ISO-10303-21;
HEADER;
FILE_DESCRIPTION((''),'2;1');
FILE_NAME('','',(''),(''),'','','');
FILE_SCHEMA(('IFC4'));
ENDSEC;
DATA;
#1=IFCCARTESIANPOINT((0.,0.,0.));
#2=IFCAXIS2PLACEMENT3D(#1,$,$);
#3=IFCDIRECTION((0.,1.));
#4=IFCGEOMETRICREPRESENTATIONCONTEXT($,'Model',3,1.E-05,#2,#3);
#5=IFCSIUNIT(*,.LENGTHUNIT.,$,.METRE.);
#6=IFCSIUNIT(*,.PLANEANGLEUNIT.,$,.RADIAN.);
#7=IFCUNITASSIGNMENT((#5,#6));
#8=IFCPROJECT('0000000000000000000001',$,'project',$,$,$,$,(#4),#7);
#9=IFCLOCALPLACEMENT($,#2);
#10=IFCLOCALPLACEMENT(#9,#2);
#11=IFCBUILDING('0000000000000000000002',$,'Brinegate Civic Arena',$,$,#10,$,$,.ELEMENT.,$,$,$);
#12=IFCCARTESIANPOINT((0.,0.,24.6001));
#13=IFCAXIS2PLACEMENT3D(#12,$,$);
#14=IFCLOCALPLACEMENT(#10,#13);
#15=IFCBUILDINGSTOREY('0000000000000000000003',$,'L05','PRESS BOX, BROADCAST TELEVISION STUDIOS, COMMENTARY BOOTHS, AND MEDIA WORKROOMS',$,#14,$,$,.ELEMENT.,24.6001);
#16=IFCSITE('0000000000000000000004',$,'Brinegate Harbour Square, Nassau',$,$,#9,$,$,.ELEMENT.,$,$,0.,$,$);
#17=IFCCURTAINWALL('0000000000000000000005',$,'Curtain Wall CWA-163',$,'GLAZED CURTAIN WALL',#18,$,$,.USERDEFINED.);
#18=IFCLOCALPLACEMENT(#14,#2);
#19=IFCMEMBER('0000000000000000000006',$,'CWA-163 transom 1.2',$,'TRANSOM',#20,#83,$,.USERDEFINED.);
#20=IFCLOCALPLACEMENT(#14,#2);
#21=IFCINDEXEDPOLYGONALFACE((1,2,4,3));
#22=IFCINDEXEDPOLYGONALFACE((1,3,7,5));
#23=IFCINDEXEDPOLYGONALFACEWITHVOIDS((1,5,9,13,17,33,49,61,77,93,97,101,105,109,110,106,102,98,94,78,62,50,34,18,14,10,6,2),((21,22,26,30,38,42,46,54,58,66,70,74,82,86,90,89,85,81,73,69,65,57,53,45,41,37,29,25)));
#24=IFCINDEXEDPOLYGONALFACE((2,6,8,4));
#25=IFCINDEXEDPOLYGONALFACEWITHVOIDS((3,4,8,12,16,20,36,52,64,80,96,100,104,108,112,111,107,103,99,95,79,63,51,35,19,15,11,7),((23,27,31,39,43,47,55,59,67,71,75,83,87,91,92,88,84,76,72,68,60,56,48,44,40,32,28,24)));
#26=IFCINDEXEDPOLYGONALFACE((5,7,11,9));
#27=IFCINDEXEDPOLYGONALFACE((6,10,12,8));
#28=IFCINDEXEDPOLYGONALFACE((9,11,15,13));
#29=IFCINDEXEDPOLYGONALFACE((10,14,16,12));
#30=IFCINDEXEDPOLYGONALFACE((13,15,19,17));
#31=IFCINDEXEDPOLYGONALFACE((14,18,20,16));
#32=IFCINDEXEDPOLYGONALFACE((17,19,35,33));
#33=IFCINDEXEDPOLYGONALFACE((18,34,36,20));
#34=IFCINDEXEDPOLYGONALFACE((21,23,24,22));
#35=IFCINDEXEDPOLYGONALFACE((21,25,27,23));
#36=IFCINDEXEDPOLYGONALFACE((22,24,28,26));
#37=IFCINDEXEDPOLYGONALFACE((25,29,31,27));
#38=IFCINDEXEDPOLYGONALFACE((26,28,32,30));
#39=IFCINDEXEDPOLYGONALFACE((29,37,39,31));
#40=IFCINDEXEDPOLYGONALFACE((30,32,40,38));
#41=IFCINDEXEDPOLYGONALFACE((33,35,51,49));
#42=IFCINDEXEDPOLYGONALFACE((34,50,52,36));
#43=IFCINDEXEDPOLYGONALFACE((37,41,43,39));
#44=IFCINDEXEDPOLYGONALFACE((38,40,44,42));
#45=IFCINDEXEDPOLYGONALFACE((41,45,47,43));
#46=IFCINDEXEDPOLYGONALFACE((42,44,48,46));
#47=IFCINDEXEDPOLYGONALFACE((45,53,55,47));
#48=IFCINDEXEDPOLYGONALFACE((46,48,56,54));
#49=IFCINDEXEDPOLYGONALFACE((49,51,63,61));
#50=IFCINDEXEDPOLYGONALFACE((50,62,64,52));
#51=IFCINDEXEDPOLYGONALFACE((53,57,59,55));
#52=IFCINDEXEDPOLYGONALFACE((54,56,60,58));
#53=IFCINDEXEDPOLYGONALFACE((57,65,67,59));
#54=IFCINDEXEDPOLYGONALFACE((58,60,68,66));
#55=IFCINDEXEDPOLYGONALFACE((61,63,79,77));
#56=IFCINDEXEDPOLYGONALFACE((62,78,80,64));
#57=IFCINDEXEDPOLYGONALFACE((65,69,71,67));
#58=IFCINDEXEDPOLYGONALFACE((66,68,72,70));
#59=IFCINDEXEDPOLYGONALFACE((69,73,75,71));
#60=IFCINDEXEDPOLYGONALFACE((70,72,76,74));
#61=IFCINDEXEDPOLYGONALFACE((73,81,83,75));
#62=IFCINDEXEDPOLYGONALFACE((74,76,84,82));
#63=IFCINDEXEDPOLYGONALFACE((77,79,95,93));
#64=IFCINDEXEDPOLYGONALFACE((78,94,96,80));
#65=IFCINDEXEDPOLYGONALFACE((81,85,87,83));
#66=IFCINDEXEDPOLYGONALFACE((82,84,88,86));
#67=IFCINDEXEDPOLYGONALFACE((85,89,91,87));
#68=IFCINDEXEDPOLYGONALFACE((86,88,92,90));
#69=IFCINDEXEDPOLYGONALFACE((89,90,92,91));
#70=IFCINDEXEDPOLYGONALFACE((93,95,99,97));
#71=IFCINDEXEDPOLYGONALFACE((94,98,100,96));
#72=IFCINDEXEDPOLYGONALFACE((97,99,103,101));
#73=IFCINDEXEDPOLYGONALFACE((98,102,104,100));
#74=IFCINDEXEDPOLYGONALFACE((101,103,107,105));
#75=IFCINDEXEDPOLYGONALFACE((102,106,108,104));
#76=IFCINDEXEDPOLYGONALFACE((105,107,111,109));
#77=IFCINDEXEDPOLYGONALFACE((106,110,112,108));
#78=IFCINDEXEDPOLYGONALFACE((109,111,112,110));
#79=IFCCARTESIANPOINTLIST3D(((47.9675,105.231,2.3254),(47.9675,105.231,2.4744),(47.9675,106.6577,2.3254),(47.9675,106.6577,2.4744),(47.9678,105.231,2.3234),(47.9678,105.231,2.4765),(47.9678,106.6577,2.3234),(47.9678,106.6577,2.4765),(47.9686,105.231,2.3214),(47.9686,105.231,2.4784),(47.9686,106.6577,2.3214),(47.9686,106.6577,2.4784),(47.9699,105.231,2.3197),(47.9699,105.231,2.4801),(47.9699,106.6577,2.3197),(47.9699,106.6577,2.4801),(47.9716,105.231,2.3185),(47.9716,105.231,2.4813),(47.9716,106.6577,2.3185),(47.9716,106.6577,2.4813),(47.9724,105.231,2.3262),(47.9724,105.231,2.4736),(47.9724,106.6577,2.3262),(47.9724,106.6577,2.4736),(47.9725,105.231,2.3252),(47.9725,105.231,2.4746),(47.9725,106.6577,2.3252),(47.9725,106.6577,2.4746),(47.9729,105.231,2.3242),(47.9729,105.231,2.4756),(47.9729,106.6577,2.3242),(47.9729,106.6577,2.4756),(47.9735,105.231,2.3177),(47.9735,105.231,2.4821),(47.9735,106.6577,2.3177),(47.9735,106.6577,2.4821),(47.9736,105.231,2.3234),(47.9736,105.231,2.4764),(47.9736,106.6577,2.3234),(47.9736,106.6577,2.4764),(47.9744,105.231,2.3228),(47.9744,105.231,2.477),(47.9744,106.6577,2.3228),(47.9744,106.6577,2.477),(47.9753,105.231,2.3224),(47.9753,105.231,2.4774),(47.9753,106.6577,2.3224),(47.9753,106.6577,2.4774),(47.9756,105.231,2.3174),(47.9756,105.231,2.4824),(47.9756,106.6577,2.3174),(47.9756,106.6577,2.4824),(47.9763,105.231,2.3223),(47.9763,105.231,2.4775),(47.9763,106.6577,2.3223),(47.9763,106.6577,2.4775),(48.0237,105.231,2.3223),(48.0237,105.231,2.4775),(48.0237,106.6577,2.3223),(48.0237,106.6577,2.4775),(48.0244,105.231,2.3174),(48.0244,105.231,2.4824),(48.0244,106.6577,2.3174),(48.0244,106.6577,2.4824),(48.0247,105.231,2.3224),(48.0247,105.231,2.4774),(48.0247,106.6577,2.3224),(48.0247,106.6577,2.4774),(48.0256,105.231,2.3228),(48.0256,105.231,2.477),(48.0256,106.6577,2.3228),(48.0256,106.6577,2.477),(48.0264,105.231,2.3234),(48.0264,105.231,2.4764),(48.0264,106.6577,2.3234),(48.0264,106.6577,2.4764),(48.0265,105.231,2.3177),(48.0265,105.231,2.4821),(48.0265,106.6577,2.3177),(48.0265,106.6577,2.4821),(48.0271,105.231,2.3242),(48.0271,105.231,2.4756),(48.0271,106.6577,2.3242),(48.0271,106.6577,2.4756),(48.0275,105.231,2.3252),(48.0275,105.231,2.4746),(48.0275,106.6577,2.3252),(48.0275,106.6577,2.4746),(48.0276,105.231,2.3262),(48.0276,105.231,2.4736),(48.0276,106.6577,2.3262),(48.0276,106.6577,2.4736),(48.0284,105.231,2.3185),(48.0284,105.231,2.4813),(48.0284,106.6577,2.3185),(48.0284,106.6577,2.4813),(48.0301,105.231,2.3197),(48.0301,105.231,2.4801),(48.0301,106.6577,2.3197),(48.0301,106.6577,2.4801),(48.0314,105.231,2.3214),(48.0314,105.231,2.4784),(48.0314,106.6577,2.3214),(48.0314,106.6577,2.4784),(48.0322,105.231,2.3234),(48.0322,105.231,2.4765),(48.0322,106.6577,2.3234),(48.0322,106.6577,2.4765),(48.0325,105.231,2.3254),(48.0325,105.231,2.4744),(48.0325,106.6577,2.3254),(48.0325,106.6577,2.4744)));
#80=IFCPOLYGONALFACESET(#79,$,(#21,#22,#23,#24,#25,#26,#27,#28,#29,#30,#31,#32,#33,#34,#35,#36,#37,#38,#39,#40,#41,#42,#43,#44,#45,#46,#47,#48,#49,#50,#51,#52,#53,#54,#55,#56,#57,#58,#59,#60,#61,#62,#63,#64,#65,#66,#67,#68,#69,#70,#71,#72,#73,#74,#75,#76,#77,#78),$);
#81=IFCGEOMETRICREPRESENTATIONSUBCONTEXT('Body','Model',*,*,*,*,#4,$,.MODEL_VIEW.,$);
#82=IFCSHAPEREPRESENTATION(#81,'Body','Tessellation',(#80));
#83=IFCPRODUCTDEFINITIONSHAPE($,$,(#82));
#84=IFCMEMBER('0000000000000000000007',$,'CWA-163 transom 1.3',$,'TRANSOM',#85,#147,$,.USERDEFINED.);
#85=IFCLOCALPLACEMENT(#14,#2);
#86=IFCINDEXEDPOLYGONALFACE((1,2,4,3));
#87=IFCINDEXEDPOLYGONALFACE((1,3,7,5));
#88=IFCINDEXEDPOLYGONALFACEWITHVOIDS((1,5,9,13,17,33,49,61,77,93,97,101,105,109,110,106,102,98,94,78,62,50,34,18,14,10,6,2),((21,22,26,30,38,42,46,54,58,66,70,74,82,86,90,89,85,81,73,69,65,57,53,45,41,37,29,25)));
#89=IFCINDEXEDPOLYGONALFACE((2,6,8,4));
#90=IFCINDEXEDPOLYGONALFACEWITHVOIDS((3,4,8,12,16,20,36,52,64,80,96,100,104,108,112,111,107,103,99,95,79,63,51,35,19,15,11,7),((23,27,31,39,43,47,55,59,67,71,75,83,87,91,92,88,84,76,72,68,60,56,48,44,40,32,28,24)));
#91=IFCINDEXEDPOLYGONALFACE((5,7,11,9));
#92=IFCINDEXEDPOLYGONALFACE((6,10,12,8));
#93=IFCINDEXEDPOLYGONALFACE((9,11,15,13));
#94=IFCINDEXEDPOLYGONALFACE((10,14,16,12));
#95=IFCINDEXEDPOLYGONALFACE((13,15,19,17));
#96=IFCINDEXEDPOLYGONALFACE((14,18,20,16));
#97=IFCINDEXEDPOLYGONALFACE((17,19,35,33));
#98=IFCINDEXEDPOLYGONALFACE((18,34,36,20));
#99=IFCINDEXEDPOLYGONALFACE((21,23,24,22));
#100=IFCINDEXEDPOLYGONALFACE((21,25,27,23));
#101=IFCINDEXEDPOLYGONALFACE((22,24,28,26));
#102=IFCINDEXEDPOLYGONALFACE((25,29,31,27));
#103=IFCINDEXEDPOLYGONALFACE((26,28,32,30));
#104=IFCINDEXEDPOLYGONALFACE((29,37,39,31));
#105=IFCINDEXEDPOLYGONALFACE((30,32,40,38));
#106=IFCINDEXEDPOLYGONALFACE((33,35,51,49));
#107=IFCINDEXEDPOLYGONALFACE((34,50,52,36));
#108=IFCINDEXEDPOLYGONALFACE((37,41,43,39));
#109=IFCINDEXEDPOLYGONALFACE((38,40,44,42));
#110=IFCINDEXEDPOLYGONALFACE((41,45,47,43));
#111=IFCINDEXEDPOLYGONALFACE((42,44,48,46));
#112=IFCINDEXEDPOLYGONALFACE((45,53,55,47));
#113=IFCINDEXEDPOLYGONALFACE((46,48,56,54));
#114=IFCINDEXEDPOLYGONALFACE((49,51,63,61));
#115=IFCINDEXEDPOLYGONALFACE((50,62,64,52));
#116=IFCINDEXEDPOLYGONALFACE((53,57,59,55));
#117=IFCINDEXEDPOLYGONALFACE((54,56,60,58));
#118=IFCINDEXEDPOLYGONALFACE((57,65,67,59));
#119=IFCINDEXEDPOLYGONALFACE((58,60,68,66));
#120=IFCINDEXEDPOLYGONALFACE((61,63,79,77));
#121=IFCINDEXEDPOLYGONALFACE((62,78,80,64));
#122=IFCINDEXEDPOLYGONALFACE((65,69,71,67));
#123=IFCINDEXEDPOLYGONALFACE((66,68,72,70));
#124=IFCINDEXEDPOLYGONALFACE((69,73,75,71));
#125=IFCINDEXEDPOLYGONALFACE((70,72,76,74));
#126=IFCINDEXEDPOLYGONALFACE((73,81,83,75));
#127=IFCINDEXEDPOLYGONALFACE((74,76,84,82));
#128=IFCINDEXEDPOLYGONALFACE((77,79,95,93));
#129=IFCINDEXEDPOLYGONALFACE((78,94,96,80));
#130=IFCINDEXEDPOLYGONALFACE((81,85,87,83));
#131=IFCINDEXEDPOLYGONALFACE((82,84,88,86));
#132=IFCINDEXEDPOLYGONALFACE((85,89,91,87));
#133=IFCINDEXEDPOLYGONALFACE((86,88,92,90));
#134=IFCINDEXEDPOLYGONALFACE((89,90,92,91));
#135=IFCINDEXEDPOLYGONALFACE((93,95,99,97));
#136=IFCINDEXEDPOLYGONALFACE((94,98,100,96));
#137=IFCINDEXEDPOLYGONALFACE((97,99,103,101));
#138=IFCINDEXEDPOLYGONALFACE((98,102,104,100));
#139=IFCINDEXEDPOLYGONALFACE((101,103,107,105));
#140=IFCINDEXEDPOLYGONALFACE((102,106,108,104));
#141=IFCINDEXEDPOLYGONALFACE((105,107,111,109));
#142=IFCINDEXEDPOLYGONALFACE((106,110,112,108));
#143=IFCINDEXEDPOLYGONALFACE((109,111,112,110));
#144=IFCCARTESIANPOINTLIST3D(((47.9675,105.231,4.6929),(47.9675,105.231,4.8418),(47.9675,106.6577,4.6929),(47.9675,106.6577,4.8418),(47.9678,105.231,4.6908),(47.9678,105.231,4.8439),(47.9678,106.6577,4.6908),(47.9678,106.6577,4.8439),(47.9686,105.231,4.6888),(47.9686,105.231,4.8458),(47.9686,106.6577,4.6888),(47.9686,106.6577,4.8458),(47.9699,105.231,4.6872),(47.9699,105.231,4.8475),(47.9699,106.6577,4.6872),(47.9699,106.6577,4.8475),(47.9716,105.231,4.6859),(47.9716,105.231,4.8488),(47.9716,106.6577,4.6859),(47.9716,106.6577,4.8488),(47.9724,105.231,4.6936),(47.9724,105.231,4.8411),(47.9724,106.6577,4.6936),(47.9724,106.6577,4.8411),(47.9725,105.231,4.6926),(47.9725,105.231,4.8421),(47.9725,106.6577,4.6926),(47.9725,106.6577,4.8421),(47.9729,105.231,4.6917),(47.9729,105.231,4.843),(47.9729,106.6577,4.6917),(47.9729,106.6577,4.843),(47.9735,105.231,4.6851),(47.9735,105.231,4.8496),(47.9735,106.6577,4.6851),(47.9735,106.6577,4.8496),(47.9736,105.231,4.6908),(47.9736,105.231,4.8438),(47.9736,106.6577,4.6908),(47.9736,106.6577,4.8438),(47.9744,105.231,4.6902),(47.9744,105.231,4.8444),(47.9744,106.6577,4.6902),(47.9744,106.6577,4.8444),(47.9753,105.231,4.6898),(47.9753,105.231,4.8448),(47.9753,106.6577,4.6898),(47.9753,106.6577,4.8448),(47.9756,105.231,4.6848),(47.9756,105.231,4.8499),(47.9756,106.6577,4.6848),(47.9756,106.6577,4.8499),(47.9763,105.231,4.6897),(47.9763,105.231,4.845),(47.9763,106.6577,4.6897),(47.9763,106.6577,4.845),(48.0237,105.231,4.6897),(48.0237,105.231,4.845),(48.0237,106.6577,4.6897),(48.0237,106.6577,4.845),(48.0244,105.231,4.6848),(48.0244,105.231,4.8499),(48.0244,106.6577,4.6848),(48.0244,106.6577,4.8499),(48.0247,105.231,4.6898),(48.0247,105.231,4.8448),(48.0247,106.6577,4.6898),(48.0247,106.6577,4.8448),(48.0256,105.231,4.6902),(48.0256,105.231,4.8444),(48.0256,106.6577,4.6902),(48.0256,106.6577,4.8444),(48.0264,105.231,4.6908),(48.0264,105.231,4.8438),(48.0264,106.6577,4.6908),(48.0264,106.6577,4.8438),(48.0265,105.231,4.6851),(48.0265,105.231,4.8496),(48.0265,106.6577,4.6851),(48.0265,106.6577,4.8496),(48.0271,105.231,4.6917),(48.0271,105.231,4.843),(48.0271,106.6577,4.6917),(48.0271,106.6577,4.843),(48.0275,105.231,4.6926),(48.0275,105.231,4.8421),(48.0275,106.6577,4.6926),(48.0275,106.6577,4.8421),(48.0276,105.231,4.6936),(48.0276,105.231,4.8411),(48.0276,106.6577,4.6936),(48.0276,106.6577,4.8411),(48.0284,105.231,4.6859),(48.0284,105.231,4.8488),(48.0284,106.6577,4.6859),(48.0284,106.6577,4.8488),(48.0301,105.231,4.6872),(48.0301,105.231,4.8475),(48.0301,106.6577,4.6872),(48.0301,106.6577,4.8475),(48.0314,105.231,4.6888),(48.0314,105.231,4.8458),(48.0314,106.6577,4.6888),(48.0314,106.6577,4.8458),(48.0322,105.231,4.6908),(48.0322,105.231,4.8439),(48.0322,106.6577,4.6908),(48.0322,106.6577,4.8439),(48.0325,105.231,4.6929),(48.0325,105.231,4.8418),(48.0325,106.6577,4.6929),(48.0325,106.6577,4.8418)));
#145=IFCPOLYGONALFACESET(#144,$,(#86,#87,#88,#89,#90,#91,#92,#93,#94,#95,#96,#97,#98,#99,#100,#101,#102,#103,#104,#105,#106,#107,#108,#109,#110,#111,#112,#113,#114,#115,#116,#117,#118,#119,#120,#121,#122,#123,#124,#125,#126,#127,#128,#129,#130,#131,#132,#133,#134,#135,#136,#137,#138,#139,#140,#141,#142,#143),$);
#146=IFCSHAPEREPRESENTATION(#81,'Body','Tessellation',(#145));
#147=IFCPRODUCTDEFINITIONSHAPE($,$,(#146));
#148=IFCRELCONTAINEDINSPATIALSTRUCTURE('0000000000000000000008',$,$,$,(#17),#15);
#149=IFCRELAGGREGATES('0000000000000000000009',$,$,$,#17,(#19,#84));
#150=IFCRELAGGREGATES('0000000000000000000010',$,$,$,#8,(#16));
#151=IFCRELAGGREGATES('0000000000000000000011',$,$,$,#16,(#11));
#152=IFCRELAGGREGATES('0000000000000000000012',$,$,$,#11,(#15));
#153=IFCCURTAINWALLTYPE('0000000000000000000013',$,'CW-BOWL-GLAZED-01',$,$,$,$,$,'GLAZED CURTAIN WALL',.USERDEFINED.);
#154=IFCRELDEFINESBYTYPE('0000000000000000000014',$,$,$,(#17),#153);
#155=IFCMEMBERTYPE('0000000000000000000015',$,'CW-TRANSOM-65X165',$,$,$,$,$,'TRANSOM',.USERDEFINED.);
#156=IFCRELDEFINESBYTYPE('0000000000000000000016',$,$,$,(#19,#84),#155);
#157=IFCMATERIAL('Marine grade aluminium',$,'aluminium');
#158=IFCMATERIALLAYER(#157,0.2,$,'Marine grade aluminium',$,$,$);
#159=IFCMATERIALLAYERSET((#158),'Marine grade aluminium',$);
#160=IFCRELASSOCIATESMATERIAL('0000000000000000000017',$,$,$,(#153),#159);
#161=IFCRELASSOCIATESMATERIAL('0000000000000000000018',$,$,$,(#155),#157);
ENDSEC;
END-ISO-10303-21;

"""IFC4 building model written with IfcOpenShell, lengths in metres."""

from ifc_helpers import new_model, si_unit, direction, frame, origin, origin_2d, place, context, subcontext, project, spatial, hollow_rectangle, extrude, material, layer, layer_set, material_profile, profile_set, type_object, element, aggregate, save


model = new_model("IFC4")

# Units and contexts
model_context = context("Model", 3, precision=1e-05, world=origin(), true_north=direction((0.0, 1.0)))
body_context = subcontext(model_context, "Body", "Model", "MODEL_VIEW")
ifc_project = project(units=[si_unit("LENGTHUNIT", "METRE"), si_unit("PLANEANGLEUNIT", "RADIAN")], contexts=[model_context])

# Site, building, storey
site_placement = place(None, origin())
site = spatial("IfcSite", under=ifc_project, at=site_placement, Name="Brinegate Harbour Square, Nassau", CompositionType="ELEMENT", RefElevation=0.0)
building_placement = place(site_placement, origin())
building = spatial("IfcBuilding", under=site, at=building_placement, Name="Brinegate Civic Arena", CompositionType="ELEMENT")
storey_placement = place(building_placement, frame((0.0, 0.0, 24.6001)))
storey = spatial("IfcBuildingStorey", under=building, at=storey_placement, Name="L05", Description="PRESS BOX, BROADCAST TELEVISION STUDIOS, COMMENTARY BOOTHS, AND MEDIA WORKROOMS", CompositionType="ELEMENT", Elevation=24.6001)

# Curtain wall, members
ifc_material_1 = material(Name="Marine grade aluminium", Category="aluminium")
ifc_layer_1 = layer(ifc_material_1, 0.2, Name="Marine grade aluminium")
ifc_layer_set_1 = layer_set([ifc_layer_1], Name="Marine grade aluminium")
curtain_wall_type = type_object("IfcCurtainWallType", Name="CW-BOWL-GLAZED-01", ElementType="GLAZED CURTAIN WALL", PredefinedType="USERDEFINED", material=ifc_layer_set_1)
curtain_wall_placement = place(storey_placement, origin())
curtain_wall = element("IfcCurtainWall", 1, at=curtain_wall_placement, inside=storey, type_object=curtain_wall_type, Name="Curtain Wall CWA-163", ObjectType="GLAZED CURTAIN WALL", PredefinedType="USERDEFINED")
ifc_material_profile_1 = material_profile(ifc_material_1, hollow_rectangle(XDim=0.0649, YDim=0.165, WallThickness=0.0049, InnerFilletRadius=0.0039, OuterFilletRadius=0.0081, at=origin_2d()), Name="TRN65X165")
ifc_profile_set_1 = profile_set([ifc_material_profile_1], Name="Marine grade aluminium")
member_type_1 = type_object("IfcMemberType", Name="CW-TRANSOM-65X165", ElementType="TRANSOM", PredefinedType="USERDEFINED", material=ifc_profile_set_1)
member_1_placement = place(storey_placement, frame((48.0, 105.231, 2.3999), z_axis=(0.0, 1.0, 0.0), x_axis=(-1.0, 0.0, 0.0)))
member_1 = element("IfcMember", 2, at=member_1_placement, type_object=member_type_1, Name="CWA-163 transom 1.2", ObjectType="TRANSOM", PredefinedType="USERDEFINED", context=body_context, shape_type="SweptSolid", body=[
    extrude(hollow_rectangle(XDim=0.0649, YDim=0.165, WallThickness=0.0049, InnerFilletRadius=0.0039, OuterFilletRadius=0.0081, at=origin_2d()), origin(), (0.0, 0.0, 1.0), 1.4268),
])
member_2_placement = place(storey_placement, frame((48.0, 105.231, 4.7673), z_axis=(0.0, 1.0, 0.0), x_axis=(-1.0, 0.0, 0.0)))
member_2 = element("IfcMember", 3, at=member_2_placement, type_object=member_type_1, Name="CWA-163 transom 1.3", ObjectType="TRANSOM", PredefinedType="USERDEFINED", context=body_context, shape_type="SweptSolid", body=[
    extrude(hollow_rectangle(XDim=0.0649, YDim=0.165, WallThickness=0.0049, InnerFilletRadius=0.0039, OuterFilletRadius=0.0081, at=origin_2d()), origin(), (0.0, 0.0, 1.0), 1.4268),
])

aggregate(curtain_wall, [member_1, member_2])

save(model, "model.ifc")
